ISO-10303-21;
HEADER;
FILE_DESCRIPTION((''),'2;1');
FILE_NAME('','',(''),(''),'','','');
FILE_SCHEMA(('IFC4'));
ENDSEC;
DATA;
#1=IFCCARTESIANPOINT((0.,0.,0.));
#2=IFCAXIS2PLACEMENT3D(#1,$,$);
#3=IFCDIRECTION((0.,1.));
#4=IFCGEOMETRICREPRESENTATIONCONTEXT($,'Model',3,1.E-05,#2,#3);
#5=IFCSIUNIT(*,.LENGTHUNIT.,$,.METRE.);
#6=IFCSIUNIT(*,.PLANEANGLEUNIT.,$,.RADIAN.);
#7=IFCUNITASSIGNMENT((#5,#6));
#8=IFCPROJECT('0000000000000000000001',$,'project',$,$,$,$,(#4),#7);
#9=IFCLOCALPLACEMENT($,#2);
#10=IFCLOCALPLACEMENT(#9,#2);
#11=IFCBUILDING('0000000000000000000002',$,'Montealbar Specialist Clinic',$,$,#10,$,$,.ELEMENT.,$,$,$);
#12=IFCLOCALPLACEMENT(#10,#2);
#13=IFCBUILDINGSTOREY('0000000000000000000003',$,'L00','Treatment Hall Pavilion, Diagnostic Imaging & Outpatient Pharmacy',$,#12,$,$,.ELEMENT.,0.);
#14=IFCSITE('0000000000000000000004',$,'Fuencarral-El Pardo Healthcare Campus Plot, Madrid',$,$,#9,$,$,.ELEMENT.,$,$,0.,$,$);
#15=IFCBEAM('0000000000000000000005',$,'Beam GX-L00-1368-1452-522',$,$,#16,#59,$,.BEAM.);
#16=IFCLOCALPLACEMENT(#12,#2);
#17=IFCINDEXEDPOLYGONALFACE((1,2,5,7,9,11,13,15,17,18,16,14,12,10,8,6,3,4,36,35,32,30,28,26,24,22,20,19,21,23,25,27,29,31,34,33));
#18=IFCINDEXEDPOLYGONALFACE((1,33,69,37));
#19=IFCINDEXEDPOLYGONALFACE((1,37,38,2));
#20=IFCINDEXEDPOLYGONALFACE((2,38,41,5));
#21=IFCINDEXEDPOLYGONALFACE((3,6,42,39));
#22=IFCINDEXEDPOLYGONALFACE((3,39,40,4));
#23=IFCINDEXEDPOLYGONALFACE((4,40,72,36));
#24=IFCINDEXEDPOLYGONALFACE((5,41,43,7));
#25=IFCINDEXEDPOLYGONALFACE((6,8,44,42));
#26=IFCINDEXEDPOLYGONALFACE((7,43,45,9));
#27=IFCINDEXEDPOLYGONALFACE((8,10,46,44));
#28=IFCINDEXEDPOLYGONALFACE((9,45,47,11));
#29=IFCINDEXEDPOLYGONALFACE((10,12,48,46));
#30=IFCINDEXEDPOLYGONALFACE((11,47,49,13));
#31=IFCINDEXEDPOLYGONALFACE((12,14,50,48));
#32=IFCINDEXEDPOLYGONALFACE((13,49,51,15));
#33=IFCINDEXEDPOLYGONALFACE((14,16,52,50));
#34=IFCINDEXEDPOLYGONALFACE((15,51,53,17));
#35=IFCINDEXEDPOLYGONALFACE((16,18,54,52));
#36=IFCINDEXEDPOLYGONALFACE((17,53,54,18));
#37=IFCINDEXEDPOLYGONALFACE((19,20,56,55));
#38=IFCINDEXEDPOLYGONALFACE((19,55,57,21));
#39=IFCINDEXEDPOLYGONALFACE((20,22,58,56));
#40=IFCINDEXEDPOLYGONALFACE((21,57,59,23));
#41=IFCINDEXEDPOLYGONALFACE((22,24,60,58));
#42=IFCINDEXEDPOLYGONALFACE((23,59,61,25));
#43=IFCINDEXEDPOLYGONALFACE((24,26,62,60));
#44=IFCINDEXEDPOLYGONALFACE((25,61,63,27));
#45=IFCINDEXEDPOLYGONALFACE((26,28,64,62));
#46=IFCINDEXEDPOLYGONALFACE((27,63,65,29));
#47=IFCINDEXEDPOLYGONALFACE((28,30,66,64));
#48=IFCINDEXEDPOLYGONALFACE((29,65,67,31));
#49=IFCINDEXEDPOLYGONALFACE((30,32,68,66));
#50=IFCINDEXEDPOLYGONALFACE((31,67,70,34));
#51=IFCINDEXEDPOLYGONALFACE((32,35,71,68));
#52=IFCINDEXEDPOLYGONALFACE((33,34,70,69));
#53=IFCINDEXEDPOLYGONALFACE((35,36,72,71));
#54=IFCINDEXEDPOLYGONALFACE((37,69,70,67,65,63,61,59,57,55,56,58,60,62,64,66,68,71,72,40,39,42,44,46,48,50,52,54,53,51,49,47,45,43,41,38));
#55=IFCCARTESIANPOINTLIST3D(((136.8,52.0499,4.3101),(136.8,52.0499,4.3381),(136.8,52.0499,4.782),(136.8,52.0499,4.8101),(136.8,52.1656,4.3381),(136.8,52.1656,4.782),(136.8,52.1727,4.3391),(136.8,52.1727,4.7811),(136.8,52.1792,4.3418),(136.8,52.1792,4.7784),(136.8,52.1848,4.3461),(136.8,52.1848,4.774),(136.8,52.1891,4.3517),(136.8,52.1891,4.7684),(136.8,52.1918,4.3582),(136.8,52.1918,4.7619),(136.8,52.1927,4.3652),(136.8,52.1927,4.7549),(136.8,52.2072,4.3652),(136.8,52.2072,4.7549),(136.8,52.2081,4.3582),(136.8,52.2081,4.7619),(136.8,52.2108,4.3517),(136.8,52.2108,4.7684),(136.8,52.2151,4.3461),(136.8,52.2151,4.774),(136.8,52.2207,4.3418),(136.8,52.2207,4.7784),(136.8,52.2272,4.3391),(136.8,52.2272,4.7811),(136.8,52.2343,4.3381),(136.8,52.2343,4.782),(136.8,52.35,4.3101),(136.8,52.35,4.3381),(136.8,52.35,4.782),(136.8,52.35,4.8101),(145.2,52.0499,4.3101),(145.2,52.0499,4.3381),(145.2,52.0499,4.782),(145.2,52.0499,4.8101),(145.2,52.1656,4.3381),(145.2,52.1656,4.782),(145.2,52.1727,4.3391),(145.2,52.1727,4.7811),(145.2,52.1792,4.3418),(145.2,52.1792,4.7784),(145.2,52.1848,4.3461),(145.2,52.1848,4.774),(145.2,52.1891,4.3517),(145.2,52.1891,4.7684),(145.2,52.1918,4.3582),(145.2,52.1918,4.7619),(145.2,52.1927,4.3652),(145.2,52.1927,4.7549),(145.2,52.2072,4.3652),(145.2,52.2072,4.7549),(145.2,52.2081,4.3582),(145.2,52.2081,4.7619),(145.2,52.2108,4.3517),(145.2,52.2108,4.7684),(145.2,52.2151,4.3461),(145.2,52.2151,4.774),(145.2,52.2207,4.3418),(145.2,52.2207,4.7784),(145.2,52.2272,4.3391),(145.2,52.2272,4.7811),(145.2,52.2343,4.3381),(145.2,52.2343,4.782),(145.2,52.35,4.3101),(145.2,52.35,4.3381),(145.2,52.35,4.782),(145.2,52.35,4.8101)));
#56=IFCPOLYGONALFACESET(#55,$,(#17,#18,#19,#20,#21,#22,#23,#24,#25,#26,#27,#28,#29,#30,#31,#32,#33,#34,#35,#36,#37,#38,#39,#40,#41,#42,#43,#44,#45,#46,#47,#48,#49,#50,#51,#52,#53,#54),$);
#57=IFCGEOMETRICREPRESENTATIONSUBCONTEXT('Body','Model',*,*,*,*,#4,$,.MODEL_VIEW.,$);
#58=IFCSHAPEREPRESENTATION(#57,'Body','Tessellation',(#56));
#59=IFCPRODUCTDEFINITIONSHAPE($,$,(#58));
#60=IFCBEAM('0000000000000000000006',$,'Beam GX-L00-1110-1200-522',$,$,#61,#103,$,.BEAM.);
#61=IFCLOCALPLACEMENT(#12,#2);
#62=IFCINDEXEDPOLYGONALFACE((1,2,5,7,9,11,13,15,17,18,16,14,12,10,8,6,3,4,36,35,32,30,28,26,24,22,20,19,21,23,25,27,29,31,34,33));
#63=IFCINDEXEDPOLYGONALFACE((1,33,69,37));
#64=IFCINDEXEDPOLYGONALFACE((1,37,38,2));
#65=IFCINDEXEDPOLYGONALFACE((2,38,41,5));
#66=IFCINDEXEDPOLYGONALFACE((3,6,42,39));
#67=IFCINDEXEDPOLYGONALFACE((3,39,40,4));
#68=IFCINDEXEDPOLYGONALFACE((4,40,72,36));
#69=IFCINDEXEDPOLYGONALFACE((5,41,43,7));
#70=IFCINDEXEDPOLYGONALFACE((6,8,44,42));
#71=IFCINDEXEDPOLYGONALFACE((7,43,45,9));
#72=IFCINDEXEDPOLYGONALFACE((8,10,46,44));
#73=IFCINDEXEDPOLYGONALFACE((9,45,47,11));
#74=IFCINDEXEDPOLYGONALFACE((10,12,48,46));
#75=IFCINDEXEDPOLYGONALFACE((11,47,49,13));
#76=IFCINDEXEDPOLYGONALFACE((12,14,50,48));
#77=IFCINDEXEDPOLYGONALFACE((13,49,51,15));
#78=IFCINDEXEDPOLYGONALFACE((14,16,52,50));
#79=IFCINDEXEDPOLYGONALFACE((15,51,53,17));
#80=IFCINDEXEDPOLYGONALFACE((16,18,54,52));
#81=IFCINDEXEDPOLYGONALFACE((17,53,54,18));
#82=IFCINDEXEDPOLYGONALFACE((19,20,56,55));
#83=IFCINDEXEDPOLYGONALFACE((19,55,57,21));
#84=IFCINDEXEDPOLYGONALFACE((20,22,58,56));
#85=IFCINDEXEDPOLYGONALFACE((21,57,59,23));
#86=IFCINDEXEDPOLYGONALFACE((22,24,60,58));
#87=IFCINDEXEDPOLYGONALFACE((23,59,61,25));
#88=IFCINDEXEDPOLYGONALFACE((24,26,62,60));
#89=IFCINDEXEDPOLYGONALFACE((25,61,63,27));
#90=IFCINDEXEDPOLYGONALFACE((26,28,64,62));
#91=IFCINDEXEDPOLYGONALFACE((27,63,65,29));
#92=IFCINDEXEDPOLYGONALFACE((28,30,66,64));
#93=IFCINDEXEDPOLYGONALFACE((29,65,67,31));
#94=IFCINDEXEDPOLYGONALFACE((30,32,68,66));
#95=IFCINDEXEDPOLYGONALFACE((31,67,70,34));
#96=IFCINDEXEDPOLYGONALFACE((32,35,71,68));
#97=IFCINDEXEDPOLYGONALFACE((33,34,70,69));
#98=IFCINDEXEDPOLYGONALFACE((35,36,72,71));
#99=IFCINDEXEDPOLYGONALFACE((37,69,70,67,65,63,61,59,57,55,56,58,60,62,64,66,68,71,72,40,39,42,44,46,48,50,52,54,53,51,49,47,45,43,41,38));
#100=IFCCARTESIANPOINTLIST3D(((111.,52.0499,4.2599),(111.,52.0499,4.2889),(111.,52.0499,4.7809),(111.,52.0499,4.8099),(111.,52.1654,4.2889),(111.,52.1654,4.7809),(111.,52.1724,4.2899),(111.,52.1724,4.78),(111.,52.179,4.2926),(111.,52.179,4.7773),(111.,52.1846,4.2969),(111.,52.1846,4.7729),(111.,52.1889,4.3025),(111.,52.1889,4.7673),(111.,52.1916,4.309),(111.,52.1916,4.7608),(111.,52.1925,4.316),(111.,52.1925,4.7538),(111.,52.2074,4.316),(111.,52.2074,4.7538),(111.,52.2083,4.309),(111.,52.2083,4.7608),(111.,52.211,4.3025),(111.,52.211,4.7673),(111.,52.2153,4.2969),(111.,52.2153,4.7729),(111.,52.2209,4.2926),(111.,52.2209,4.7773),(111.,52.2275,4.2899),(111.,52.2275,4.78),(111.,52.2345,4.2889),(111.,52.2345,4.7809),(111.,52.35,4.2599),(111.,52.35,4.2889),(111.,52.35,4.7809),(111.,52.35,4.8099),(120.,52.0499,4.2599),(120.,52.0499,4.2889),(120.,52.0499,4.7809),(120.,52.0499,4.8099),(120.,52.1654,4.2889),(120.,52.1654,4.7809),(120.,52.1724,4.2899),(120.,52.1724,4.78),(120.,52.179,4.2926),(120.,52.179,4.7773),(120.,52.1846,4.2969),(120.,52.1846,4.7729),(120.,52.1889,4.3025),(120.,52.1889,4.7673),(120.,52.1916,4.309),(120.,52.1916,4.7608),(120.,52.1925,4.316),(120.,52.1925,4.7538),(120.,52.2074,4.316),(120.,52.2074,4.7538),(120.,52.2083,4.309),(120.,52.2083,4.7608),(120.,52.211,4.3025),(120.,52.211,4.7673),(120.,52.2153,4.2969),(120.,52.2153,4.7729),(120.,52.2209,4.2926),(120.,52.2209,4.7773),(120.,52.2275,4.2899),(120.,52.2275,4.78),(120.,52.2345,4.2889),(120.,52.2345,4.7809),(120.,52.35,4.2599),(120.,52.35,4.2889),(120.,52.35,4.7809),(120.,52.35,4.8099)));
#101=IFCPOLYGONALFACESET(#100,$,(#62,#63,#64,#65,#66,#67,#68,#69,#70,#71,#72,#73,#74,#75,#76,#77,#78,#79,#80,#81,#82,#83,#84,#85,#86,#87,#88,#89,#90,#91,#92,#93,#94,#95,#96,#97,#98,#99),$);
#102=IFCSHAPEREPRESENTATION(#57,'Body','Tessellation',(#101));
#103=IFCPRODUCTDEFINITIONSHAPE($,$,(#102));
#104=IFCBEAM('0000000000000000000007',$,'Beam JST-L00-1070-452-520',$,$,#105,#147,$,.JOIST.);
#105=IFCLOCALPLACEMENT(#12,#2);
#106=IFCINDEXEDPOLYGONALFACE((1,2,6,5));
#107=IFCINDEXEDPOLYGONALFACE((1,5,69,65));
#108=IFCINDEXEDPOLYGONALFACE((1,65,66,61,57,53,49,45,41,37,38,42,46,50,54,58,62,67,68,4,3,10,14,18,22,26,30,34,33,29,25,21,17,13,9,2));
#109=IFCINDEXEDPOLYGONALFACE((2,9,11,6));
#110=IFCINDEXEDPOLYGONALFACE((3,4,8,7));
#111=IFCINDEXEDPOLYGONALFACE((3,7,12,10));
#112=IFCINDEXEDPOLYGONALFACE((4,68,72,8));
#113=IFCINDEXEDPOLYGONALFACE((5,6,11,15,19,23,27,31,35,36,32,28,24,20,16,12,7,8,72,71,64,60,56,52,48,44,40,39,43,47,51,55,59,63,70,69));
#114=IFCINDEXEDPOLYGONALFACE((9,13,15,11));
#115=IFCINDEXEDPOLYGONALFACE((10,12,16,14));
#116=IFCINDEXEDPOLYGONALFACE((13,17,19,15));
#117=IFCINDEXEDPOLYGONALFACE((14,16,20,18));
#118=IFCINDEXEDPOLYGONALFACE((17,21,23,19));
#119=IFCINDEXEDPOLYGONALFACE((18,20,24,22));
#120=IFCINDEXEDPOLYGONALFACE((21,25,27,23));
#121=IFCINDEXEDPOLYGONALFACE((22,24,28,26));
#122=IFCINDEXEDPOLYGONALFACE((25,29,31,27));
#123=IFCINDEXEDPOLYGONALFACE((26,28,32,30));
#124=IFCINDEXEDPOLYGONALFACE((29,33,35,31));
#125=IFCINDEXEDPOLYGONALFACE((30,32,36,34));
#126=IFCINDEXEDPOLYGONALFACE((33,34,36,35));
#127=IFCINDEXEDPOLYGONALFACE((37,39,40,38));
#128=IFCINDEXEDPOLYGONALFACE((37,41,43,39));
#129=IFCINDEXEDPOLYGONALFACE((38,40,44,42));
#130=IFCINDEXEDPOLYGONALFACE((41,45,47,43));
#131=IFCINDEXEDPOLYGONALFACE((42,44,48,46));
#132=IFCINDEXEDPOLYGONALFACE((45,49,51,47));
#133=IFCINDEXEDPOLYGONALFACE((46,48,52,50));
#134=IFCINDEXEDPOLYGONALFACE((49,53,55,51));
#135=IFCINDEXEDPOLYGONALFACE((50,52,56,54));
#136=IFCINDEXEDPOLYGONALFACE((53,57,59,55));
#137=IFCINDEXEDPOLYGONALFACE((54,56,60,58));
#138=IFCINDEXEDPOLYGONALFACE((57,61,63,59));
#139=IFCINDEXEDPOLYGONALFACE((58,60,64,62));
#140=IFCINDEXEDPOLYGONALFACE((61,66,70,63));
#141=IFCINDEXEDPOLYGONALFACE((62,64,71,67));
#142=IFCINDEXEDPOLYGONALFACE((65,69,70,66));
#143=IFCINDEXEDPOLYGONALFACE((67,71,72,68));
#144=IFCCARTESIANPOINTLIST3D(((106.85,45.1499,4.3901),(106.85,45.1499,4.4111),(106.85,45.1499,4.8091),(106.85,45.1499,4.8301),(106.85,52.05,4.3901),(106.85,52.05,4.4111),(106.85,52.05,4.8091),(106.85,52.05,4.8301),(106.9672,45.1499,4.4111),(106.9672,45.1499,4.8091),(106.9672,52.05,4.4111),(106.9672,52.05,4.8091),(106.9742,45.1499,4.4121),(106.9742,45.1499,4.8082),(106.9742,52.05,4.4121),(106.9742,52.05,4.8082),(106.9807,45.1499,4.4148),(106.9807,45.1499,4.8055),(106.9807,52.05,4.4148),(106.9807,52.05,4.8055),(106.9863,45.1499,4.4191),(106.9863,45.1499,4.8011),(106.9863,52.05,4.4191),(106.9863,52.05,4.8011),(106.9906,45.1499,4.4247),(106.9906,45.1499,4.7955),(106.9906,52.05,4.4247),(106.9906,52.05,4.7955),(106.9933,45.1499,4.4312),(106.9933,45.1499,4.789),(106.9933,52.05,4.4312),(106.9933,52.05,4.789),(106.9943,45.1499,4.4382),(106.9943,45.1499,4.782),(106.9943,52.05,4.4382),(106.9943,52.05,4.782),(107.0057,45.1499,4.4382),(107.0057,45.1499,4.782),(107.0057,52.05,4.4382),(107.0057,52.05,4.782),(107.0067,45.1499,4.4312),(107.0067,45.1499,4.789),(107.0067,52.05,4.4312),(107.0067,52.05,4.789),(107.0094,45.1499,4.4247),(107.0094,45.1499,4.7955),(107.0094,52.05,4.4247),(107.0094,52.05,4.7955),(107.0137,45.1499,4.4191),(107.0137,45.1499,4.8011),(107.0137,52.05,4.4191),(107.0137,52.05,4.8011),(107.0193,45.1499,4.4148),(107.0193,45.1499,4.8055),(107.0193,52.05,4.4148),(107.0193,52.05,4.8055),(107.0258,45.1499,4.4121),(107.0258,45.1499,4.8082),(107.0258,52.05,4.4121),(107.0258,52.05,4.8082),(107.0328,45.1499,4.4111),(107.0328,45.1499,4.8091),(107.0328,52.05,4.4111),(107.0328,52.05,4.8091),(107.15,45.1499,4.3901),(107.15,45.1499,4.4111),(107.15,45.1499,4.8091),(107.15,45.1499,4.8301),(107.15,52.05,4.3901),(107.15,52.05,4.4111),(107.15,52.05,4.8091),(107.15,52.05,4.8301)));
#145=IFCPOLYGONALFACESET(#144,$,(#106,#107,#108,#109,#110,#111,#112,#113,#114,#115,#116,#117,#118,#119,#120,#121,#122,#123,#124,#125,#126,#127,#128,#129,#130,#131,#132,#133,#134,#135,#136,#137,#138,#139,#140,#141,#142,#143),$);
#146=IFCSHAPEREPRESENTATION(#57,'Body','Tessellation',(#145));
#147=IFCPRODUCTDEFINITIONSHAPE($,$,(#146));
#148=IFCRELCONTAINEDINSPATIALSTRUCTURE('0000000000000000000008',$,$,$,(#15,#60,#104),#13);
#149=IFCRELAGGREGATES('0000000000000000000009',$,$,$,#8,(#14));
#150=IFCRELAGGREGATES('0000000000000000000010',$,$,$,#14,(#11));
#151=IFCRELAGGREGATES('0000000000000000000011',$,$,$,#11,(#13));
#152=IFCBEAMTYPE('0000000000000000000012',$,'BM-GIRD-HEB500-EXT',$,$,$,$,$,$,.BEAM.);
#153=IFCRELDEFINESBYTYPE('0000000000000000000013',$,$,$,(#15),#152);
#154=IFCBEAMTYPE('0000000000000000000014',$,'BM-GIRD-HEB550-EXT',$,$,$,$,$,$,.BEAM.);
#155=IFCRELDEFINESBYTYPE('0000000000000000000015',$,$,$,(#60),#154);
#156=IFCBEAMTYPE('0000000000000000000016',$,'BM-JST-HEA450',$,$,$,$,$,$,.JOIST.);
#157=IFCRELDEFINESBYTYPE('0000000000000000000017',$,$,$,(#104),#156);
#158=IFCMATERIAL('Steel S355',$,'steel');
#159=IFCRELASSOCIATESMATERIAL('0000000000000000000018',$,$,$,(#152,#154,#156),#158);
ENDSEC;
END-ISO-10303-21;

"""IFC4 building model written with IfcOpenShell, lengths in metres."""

from ifc_helpers import new_model, si_unit, direction, frame, origin, origin_2d, place, context, subcontext, project, spatial, i_section, extrude, material, material_profile, profile_set, type_object, element, save


model = new_model("IFC4")

# Units and contexts
model_context = context("Model", 3, precision=1e-05, world=origin(), true_north=direction((0.0, 1.0)))
body_context = subcontext(model_context, "Body", "Model", "MODEL_VIEW")
ifc_project = project(units=[si_unit("LENGTHUNIT", "METRE"), si_unit("PLANEANGLEUNIT", "RADIAN")], contexts=[model_context])

# Site, building, storey
site_placement = place(None, origin())
site = spatial("IfcSite", under=ifc_project, at=site_placement, Name="Fuencarral-El Pardo Healthcare Campus Plot, Madrid", CompositionType="ELEMENT", RefElevation=0.0)
building_placement = place(site_placement, origin())
building = spatial("IfcBuilding", under=site, at=building_placement, Name="Montealbar Specialist Clinic", CompositionType="ELEMENT")
storey_placement = place(building_placement, origin())
storey = spatial("IfcBuildingStorey", under=building, at=storey_placement, Name="L00", Description="Treatment Hall Pavilion, Diagnostic Imaging & Outpatient Pharmacy", CompositionType="ELEMENT", Elevation=0.0)

# Shared definitions
ifc_material_1 = material(Name="Steel S355", Category="steel")

# Beams
ifc_material_profile_1 = material_profile(ifc_material_1, i_section(OverallWidth=0.3, OverallDepth=0.5, WebThickness=0.0144, FlangeThickness=0.0281, FilletRadius=0.0271, at=origin_2d()), Name="HEB 500", Category="steel")
ifc_profile_set_1 = profile_set([ifc_material_profile_1], Name="Steel S355")
beam_type_1 = type_object("IfcBeamType", Name="BM-GIRD-HEB500-EXT", PredefinedType="BEAM", material=ifc_profile_set_1)
beam_1_placement = place(storey_placement, frame((136.8, 52.2, 4.5601), z_axis=(1.0, 0.0, 0.0), x_axis=(0.0, 1.0, 0.0)))
element("IfcBeam", 1, at=beam_1_placement, inside=storey, type_object=beam_type_1, Name="Beam GX-L00-1368-1452-522", PredefinedType="BEAM", context=body_context, shape_type="SweptSolid", body=[
    extrude(i_section(OverallWidth=0.3, OverallDepth=0.5, WebThickness=0.0144, FlangeThickness=0.0281, FilletRadius=0.0271, at=origin_2d()), origin(), (0.0, 0.0, 1.0), 8.3999),
])
ifc_material_profile_2 = material_profile(ifc_material_1, i_section(OverallWidth=0.3, OverallDepth=0.55, WebThickness=0.0149, FlangeThickness=0.0291, FilletRadius=0.0271, at=origin_2d()), Name="HEB 550", Category="steel")
ifc_profile_set_2 = profile_set([ifc_material_profile_2], Name="Steel S355")
beam_type_2 = type_object("IfcBeamType", Name="BM-GIRD-HEB550-EXT", PredefinedType="BEAM", material=ifc_profile_set_2)
beam_2_placement = place(storey_placement, frame((111.0, 52.2, 4.5349), z_axis=(1.0, 0.0, 0.0), x_axis=(0.0, 1.0, 0.0)))
element("IfcBeam", 2, at=beam_2_placement, inside=storey, type_object=beam_type_2, Name="Beam GX-L00-1110-1200-522", PredefinedType="BEAM", context=body_context, shape_type="SweptSolid", body=[
    extrude(i_section(OverallWidth=0.3, OverallDepth=0.55, WebThickness=0.0149, FlangeThickness=0.0291, FilletRadius=0.0271, at=origin_2d()), origin(), (0.0, 0.0, 1.0), 9.0),
])
ifc_material_profile_3 = material_profile(ifc_material_1, i_section(OverallWidth=0.3, OverallDepth=0.4399, WebThickness=0.0115, FlangeThickness=0.021, FilletRadius=0.0271, at=origin_2d()), Name="HEA 450", Category="steel")
ifc_profile_set_3 = profile_set([ifc_material_profile_3], Name="Steel S355")
beam_type_3 = type_object("IfcBeamType", Name="BM-JST-HEA450", PredefinedType="JOIST", material=ifc_profile_set_3)
beam_3_placement = place(storey_placement, frame((107.0, 45.1499, 4.6101), z_axis=(0.0, 1.0, 0.0), x_axis=(-1.0, 0.0, 0.0)))
element("IfcBeam", 3, at=beam_3_placement, inside=storey, type_object=beam_type_3, Name="Beam JST-L00-1070-452-520", PredefinedType="JOIST", context=body_context, shape_type="SweptSolid", body=[
    extrude(i_section(OverallWidth=0.3, OverallDepth=0.4399, WebThickness=0.0115, FlangeThickness=0.021, FilletRadius=0.0271, at=origin_2d()), origin(), (0.0, 0.0, 1.0), 6.9001),
])

save(model, "model.ifc")
